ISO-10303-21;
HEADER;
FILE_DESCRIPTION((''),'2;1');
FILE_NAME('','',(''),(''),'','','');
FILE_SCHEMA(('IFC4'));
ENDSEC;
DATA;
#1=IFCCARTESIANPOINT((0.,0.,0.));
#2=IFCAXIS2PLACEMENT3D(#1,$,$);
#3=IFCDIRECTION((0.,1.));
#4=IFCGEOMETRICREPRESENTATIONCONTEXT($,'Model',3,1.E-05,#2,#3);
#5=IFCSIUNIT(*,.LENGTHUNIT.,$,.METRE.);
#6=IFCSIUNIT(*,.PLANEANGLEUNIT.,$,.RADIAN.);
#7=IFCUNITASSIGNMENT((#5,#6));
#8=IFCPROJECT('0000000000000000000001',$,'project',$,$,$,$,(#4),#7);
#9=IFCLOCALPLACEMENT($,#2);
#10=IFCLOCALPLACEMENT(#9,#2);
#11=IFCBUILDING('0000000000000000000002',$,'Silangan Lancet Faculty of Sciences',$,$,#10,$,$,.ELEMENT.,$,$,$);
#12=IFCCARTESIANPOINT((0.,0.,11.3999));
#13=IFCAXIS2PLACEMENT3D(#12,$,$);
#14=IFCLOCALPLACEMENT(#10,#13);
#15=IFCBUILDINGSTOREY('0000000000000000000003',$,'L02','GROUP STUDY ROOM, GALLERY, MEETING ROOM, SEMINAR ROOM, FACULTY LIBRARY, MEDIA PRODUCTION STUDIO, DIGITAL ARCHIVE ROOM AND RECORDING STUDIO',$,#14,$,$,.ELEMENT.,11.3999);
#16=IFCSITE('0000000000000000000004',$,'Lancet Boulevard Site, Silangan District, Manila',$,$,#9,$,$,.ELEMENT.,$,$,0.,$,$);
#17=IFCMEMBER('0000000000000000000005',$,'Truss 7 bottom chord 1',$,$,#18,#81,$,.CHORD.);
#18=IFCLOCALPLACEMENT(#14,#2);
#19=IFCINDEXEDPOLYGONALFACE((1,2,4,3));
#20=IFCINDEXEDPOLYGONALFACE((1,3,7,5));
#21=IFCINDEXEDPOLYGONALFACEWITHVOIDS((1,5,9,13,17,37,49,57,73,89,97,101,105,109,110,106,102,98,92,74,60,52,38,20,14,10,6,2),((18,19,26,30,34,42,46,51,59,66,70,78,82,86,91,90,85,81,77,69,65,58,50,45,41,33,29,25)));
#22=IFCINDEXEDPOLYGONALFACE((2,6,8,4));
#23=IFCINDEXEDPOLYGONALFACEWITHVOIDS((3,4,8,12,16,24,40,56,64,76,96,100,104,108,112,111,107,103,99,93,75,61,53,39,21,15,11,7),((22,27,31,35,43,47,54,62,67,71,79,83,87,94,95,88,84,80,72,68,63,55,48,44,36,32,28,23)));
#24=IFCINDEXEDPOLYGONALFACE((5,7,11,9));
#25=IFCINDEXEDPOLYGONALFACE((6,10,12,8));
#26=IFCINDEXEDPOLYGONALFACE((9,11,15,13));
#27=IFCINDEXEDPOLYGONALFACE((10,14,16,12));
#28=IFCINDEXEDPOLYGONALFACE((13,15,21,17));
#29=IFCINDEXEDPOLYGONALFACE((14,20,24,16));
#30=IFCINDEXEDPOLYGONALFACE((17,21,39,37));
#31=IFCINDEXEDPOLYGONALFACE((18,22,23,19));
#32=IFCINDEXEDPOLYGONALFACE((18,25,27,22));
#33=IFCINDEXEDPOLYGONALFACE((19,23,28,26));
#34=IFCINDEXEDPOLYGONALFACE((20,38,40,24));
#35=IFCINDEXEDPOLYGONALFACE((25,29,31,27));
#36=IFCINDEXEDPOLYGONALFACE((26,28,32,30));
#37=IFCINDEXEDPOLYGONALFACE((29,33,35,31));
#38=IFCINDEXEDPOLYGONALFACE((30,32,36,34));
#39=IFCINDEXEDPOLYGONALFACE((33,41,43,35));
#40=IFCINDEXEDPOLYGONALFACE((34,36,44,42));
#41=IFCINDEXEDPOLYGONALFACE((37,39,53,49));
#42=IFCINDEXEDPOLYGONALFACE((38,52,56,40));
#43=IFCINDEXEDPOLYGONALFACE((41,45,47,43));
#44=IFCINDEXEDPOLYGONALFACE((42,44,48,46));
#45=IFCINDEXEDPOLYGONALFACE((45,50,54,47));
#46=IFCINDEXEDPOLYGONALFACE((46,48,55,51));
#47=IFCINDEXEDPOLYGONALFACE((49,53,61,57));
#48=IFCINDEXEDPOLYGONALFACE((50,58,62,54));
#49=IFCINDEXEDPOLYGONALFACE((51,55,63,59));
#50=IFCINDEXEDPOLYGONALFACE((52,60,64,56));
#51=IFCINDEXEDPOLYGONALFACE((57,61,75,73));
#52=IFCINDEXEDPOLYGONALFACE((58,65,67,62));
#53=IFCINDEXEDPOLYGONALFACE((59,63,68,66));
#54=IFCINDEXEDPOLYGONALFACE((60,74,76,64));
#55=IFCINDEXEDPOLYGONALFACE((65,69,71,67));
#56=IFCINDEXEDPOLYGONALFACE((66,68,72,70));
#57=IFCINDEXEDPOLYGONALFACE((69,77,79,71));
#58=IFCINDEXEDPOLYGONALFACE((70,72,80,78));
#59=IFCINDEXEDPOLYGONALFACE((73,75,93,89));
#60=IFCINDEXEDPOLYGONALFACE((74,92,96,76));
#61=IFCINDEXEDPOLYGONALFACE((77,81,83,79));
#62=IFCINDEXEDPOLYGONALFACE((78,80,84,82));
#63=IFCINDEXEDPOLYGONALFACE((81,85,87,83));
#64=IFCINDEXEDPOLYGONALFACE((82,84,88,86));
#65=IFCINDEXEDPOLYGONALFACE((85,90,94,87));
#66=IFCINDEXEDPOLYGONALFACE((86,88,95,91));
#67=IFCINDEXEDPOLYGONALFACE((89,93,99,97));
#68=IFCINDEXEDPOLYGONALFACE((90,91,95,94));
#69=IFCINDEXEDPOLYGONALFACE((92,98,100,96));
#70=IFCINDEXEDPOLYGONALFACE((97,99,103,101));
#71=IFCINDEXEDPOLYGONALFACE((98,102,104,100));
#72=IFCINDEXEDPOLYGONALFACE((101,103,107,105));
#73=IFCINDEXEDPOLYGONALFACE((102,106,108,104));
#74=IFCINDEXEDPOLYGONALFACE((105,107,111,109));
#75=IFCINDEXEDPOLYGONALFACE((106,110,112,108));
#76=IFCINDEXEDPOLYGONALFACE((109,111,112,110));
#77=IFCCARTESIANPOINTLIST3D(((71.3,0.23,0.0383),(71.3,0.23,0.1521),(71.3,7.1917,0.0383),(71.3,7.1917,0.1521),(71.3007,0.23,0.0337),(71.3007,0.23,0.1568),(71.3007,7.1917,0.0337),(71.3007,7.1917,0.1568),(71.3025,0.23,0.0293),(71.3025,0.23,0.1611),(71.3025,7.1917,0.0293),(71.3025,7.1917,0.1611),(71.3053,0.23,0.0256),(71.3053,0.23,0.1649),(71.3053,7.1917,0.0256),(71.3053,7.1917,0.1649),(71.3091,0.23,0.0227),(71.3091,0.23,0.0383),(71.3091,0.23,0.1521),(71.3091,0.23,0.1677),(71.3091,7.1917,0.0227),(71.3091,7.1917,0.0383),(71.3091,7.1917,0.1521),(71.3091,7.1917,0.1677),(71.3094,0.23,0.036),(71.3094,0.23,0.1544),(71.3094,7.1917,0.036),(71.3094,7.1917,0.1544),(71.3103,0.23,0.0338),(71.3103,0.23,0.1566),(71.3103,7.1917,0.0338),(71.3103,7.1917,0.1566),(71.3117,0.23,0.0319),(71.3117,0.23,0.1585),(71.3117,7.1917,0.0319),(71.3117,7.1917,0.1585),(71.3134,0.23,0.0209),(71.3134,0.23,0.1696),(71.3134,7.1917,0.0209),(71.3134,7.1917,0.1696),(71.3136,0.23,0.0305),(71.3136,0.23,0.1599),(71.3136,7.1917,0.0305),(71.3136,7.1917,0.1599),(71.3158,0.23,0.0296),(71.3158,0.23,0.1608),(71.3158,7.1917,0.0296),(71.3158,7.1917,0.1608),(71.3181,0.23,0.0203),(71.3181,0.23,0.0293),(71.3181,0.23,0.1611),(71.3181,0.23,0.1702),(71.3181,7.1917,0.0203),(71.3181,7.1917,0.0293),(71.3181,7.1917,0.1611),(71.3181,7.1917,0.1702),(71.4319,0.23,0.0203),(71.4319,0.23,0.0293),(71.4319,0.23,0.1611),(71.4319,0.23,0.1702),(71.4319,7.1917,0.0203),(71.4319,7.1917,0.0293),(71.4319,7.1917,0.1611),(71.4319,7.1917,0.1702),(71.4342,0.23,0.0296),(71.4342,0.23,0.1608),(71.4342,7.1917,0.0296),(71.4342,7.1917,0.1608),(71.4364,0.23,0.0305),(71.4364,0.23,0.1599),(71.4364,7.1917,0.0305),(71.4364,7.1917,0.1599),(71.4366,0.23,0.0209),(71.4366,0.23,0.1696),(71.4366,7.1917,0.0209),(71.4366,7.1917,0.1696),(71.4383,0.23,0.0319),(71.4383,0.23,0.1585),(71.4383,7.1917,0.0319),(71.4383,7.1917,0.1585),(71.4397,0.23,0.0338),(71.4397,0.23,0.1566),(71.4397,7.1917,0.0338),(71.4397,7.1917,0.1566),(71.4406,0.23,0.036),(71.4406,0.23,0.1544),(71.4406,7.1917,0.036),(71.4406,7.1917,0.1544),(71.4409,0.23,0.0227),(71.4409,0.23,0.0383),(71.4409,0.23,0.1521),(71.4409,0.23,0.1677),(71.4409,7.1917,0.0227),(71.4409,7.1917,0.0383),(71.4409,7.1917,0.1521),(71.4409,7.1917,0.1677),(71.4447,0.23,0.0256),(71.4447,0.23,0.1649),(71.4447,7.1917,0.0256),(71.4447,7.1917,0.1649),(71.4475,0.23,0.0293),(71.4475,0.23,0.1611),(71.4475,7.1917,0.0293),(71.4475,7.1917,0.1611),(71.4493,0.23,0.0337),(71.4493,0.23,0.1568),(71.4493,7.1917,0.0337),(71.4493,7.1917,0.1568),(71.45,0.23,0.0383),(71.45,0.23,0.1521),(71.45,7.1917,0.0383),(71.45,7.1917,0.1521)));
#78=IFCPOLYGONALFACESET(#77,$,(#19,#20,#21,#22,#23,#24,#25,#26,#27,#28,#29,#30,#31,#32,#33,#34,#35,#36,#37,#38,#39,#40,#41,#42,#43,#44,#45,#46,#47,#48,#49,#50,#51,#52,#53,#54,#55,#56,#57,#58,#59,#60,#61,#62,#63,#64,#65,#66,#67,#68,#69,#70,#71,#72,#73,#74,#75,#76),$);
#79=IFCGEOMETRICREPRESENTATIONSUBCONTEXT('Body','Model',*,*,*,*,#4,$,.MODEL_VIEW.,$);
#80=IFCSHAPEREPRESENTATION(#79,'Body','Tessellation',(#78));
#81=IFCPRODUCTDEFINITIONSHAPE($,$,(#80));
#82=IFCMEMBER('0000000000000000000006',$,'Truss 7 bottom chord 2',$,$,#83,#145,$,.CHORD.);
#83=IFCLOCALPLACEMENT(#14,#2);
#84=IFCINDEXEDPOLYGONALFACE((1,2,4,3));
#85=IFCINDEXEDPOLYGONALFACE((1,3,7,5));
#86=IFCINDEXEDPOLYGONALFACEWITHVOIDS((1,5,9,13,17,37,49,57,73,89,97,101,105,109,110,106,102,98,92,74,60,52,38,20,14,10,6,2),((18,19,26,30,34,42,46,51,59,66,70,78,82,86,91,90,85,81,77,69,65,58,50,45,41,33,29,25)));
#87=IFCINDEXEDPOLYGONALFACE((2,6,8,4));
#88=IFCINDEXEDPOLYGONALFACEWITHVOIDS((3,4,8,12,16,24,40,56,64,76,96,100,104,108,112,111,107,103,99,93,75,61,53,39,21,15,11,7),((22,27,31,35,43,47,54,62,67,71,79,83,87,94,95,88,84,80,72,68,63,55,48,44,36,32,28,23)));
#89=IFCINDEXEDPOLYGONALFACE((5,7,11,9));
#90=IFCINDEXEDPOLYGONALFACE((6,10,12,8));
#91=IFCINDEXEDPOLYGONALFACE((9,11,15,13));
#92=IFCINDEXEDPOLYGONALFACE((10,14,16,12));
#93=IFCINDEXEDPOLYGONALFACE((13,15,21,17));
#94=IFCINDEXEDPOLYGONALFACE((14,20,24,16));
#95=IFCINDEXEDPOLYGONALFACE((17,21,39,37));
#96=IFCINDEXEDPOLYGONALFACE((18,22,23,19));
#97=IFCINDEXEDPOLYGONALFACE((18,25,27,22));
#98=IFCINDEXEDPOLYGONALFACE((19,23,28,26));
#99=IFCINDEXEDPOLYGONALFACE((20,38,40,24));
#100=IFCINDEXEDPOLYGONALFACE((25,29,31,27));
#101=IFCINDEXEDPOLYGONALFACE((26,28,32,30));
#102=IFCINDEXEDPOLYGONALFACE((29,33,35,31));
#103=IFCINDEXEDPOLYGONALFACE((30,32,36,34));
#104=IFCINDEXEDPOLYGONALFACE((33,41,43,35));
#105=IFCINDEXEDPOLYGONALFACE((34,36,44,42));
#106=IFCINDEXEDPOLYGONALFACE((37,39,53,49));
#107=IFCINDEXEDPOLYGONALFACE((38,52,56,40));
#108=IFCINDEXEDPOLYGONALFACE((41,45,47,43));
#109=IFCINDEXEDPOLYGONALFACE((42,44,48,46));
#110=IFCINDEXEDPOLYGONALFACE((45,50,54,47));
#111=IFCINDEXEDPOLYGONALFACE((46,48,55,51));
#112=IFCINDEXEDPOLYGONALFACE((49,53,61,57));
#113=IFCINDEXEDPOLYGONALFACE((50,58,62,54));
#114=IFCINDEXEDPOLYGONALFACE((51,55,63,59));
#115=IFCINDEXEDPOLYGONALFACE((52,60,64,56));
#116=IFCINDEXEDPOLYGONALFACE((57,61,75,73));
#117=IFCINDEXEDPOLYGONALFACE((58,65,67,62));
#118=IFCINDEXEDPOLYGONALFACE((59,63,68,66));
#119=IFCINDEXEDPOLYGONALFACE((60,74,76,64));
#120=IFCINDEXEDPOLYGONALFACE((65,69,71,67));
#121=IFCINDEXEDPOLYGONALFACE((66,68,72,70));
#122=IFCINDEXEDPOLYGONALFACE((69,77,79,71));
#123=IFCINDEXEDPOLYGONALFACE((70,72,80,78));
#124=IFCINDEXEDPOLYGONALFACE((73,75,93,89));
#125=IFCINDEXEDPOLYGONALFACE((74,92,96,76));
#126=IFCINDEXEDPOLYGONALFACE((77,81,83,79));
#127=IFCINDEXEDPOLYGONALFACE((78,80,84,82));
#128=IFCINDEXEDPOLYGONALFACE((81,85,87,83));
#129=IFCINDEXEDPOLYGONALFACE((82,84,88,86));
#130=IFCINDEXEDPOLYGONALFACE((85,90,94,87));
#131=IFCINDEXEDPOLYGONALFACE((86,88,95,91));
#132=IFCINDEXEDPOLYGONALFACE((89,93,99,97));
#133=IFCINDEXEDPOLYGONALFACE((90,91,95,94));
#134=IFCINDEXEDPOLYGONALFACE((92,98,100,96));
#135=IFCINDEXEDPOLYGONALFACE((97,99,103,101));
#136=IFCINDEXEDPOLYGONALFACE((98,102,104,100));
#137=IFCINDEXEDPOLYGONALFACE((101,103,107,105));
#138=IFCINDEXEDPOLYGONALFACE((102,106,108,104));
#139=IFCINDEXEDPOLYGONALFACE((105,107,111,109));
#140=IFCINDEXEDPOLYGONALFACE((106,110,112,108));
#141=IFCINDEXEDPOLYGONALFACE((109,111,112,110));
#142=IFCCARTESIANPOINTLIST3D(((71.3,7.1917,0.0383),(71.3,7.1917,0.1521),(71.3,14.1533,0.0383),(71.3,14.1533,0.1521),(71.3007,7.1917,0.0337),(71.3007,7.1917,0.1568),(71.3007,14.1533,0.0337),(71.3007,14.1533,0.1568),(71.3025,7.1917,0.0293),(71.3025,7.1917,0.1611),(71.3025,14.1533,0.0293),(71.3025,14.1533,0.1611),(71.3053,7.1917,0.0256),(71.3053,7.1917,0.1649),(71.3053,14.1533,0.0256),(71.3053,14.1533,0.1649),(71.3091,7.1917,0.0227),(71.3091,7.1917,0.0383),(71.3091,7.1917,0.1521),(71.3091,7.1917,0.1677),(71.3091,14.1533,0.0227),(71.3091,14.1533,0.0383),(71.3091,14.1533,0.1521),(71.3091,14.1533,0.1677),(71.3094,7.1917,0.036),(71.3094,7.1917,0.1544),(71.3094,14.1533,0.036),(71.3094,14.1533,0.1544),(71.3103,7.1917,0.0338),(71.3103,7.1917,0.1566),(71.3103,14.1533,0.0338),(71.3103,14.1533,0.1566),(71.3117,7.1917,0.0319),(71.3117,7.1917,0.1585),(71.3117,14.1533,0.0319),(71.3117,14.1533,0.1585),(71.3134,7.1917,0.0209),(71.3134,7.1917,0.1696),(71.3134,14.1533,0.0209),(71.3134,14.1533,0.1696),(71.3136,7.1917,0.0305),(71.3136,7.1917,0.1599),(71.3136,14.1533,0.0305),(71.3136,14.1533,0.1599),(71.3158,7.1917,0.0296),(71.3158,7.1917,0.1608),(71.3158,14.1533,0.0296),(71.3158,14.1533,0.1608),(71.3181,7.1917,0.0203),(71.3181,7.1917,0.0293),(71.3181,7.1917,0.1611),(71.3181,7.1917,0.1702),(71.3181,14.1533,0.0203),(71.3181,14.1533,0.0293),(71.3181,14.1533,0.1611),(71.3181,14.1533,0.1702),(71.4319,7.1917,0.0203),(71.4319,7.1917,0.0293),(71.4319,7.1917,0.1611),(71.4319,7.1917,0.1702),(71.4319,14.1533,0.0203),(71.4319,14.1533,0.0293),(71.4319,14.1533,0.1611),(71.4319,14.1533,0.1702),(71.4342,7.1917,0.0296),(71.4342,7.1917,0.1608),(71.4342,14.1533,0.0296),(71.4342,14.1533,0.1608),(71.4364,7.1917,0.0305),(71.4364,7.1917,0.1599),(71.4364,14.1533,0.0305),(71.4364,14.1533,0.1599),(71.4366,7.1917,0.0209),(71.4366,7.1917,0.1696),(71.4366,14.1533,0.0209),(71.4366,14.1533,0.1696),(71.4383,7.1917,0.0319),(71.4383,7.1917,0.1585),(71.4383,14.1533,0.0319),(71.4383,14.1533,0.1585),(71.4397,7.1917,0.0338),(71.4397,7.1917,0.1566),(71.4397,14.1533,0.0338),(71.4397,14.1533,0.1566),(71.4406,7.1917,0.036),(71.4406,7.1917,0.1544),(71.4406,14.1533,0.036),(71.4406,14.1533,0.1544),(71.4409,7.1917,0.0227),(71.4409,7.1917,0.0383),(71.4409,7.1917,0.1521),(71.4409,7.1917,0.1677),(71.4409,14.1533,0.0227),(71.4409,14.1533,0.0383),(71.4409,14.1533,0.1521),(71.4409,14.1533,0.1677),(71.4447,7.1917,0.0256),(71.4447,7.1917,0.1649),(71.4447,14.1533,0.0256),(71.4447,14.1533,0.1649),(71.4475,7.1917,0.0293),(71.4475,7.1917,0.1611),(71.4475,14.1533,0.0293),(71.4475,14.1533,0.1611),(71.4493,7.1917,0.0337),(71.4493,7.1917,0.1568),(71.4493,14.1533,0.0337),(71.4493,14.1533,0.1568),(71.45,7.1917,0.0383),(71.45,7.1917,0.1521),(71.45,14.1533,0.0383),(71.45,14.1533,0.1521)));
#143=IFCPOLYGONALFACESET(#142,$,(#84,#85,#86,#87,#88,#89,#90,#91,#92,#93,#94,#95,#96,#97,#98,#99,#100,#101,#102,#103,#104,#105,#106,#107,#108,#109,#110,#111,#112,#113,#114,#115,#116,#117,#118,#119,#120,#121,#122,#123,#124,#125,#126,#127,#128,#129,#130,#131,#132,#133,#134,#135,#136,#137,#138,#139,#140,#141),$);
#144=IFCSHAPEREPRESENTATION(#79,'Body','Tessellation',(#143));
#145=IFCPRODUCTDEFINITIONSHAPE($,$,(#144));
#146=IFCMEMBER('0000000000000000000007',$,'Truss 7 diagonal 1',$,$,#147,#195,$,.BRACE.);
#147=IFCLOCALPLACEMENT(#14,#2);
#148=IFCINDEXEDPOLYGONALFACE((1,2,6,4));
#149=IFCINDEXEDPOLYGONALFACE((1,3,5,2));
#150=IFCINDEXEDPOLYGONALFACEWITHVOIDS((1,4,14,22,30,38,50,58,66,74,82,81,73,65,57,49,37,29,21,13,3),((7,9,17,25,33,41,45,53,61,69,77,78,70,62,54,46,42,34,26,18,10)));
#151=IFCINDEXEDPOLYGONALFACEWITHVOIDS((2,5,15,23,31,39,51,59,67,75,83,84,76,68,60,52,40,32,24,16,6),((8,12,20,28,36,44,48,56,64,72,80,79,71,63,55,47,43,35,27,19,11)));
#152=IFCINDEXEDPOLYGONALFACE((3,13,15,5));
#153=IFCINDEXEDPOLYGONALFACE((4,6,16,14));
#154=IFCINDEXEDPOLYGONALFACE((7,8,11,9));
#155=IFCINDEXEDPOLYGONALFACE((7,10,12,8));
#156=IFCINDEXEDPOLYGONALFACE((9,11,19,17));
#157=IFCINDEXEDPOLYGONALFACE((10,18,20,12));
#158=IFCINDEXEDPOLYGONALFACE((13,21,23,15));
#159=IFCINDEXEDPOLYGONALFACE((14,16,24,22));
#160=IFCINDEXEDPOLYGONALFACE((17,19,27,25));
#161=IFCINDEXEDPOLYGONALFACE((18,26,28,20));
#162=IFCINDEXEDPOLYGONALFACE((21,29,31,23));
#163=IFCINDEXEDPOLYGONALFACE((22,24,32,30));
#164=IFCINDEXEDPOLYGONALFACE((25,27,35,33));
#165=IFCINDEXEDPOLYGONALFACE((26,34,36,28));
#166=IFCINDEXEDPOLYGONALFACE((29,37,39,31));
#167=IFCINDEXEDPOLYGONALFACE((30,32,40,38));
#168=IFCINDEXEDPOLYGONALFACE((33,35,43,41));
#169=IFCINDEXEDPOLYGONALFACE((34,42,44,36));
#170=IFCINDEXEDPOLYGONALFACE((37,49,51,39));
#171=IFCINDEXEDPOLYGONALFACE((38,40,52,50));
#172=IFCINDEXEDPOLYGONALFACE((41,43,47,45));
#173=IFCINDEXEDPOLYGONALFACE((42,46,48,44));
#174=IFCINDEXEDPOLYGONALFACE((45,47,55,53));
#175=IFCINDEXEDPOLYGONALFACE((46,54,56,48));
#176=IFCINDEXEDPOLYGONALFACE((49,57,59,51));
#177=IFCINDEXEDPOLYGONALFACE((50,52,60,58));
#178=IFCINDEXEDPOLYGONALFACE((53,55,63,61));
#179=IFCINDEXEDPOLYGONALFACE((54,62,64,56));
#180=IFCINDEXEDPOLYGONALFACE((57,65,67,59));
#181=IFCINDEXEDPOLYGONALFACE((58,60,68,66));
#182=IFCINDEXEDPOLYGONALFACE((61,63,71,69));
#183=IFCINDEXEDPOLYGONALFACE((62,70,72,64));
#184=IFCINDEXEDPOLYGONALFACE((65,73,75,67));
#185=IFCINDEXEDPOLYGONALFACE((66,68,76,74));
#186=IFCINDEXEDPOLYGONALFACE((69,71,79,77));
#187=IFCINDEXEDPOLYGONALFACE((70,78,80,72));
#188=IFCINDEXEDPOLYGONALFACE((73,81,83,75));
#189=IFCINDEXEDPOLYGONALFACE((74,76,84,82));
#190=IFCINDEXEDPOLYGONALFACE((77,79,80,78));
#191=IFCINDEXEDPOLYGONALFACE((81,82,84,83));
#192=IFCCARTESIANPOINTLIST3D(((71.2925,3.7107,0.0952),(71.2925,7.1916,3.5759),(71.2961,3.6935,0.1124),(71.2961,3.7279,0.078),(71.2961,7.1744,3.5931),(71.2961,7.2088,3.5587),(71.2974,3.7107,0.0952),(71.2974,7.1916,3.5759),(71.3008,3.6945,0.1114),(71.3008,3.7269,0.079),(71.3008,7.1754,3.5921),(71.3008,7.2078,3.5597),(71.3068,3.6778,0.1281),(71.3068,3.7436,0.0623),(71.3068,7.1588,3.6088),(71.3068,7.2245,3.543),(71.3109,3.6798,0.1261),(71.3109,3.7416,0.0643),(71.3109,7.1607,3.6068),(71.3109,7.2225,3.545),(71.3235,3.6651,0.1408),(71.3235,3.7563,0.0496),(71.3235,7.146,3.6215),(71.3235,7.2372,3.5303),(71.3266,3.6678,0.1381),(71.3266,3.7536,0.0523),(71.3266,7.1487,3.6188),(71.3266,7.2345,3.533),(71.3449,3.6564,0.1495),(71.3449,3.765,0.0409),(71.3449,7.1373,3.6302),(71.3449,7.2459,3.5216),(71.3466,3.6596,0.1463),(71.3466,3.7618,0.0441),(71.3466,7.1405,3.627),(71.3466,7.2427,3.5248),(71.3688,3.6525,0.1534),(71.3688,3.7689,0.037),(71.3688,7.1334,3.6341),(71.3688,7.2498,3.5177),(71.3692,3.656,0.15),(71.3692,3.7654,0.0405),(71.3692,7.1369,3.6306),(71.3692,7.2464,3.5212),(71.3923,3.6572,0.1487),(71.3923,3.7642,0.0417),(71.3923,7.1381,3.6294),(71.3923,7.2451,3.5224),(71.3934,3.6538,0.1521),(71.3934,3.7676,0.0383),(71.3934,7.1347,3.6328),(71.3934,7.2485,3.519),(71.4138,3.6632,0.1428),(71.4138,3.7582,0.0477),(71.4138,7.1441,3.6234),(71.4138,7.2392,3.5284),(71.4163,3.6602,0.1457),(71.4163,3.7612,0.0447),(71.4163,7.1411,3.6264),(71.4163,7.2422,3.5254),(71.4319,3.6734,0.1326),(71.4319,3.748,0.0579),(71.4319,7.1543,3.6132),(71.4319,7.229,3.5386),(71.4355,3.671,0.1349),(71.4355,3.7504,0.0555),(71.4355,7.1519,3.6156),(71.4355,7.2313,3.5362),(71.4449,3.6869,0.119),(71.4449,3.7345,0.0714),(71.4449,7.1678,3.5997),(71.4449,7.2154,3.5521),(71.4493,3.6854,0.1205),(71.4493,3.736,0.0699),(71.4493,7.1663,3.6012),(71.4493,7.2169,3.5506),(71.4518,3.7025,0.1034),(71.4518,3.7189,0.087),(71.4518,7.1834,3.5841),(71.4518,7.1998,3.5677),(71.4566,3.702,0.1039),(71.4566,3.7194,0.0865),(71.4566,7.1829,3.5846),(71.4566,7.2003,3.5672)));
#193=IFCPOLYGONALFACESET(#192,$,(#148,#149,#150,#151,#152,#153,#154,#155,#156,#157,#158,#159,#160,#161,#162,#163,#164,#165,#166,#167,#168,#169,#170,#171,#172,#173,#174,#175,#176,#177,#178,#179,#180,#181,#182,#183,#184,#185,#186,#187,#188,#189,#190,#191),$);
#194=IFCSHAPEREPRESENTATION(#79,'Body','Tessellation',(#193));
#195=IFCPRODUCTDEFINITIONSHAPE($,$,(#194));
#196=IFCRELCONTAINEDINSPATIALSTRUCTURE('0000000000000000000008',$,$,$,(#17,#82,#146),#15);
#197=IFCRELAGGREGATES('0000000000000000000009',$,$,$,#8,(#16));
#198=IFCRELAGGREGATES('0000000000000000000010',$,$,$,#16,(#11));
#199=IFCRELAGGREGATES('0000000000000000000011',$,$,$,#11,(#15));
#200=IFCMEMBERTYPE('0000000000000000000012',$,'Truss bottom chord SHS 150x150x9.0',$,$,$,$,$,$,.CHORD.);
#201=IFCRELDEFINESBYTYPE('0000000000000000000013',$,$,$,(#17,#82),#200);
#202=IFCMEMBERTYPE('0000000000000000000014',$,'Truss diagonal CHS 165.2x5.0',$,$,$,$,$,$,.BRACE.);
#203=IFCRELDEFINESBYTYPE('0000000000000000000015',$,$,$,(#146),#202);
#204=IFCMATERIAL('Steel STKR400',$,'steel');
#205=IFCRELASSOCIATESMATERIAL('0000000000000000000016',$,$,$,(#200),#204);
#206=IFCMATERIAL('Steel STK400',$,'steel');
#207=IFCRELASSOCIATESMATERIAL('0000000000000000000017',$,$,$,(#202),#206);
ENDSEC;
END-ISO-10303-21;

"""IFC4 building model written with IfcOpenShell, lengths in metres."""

from ifc_helpers import new_model, si_unit, direction, frame, origin, origin_2d, place, context, subcontext, project, spatial, hollow_rectangle, hollow_circle, extrude, material, material_profile, profile_set, type_object, element, save


model = new_model("IFC4")

# Units and contexts
model_context = context("Model", 3, precision=1e-05, world=origin(), true_north=direction((0.0, 1.0)))
body_context = subcontext(model_context, "Body", "Model", "MODEL_VIEW")
ifc_project = project(units=[si_unit("LENGTHUNIT", "METRE"), si_unit("PLANEANGLEUNIT", "RADIAN")], contexts=[model_context])

# Site, building, storey
site_placement = place(None, origin())
site = spatial("IfcSite", under=ifc_project, at=site_placement, Name="Lancet Boulevard Site, Silangan District, Manila", CompositionType="ELEMENT", RefElevation=0.0)
building_placement = place(site_placement, origin())
building = spatial("IfcBuilding", under=site, at=building_placement, Name="Silangan Lancet Faculty of Sciences", CompositionType="ELEMENT")
storey_placement = place(building_placement, frame((0.0, 0.0, 11.3999)))
storey = spatial("IfcBuildingStorey", under=building, at=storey_placement, Name="L02", Description="GROUP STUDY ROOM, GALLERY, MEETING ROOM, SEMINAR ROOM, FACULTY LIBRARY, MEDIA PRODUCTION STUDIO, DIGITAL ARCHIVE ROOM AND RECORDING STUDIO", CompositionType="ELEMENT", Elevation=11.3999)

# Members
ifc_material_1 = material(Name="Steel STKR400", Category="steel")
ifc_material_profile_1 = material_profile(ifc_material_1, hollow_rectangle(XDim=0.1499, YDim=0.1499, WallThickness=0.009, InnerFilletRadius=0.009, OuterFilletRadius=0.0181, at=origin_2d()), Name="SHS 150x150x9.0")
ifc_profile_set_1 = profile_set([ifc_material_profile_1], Name="Steel STKR400")
member_type_1 = type_object("IfcMemberType", Name="Truss bottom chord SHS 150x150x9.0", PredefinedType="CHORD", material=ifc_profile_set_1)
for number, where, z_axis, x_axis, name in (
    (1, (71.375, 0.23, 0.0952), (0.0, 1.0, 0.0), (-1.0, 0.0, 0.0), "Truss 7 bottom chord 1"),
    (2, (71.375, 7.1917, 0.0952), (0.0, 1.0, 0.0), (-1.0, 0.0, 0.0), "Truss 7 bottom chord 2"),
):
    element("IfcMember", number, at=place(storey_placement, frame(where, z_axis=z_axis, x_axis=x_axis)), inside=storey, type_object=member_type_1, Name=name, PredefinedType="CHORD", context=body_context, shape_type="SweptSolid", body=[
        extrude(hollow_rectangle(XDim=0.1499, YDim=0.1499, WallThickness=0.009, InnerFilletRadius=0.009, OuterFilletRadius=0.0181, at=origin_2d()), origin(), (0.0, 0.0, 1.0), 6.9617),
    ])
ifc_material_2 = material(Name="Steel STK400", Category="steel")
ifc_material_profile_2 = material_profile(ifc_material_2, hollow_circle(Radius=0.0825, WallThickness=0.0049, at=origin_2d()), Name="CHS 165.2x5.0")
ifc_profile_set_2 = profile_set([ifc_material_profile_2], Name="Steel STK400")
member_type_2 = type_object("IfcMemberType", Name="Truss diagonal CHS 165.2x5.0", PredefinedType="BRACE", material=ifc_profile_set_2)
member_1_placement = place(storey_placement, frame((71.375, 3.7107, 0.0952), z_axis=(0.0, 0.707132, 0.707082), x_axis=(-1.0, 0.0, 0.0)))
element("IfcMember", 3, at=member_1_placement, inside=storey, type_object=member_type_2, Name="Truss 7 diagonal 1", PredefinedType="BRACE", context=body_context, shape_type="SweptSolid", body=[
    extrude(hollow_circle(Radius=0.0825, WallThickness=0.0049, at=origin_2d()), origin(), (0.0, 0.0, 1.0), 4.9226),
])

save(model, "model.ifc")
